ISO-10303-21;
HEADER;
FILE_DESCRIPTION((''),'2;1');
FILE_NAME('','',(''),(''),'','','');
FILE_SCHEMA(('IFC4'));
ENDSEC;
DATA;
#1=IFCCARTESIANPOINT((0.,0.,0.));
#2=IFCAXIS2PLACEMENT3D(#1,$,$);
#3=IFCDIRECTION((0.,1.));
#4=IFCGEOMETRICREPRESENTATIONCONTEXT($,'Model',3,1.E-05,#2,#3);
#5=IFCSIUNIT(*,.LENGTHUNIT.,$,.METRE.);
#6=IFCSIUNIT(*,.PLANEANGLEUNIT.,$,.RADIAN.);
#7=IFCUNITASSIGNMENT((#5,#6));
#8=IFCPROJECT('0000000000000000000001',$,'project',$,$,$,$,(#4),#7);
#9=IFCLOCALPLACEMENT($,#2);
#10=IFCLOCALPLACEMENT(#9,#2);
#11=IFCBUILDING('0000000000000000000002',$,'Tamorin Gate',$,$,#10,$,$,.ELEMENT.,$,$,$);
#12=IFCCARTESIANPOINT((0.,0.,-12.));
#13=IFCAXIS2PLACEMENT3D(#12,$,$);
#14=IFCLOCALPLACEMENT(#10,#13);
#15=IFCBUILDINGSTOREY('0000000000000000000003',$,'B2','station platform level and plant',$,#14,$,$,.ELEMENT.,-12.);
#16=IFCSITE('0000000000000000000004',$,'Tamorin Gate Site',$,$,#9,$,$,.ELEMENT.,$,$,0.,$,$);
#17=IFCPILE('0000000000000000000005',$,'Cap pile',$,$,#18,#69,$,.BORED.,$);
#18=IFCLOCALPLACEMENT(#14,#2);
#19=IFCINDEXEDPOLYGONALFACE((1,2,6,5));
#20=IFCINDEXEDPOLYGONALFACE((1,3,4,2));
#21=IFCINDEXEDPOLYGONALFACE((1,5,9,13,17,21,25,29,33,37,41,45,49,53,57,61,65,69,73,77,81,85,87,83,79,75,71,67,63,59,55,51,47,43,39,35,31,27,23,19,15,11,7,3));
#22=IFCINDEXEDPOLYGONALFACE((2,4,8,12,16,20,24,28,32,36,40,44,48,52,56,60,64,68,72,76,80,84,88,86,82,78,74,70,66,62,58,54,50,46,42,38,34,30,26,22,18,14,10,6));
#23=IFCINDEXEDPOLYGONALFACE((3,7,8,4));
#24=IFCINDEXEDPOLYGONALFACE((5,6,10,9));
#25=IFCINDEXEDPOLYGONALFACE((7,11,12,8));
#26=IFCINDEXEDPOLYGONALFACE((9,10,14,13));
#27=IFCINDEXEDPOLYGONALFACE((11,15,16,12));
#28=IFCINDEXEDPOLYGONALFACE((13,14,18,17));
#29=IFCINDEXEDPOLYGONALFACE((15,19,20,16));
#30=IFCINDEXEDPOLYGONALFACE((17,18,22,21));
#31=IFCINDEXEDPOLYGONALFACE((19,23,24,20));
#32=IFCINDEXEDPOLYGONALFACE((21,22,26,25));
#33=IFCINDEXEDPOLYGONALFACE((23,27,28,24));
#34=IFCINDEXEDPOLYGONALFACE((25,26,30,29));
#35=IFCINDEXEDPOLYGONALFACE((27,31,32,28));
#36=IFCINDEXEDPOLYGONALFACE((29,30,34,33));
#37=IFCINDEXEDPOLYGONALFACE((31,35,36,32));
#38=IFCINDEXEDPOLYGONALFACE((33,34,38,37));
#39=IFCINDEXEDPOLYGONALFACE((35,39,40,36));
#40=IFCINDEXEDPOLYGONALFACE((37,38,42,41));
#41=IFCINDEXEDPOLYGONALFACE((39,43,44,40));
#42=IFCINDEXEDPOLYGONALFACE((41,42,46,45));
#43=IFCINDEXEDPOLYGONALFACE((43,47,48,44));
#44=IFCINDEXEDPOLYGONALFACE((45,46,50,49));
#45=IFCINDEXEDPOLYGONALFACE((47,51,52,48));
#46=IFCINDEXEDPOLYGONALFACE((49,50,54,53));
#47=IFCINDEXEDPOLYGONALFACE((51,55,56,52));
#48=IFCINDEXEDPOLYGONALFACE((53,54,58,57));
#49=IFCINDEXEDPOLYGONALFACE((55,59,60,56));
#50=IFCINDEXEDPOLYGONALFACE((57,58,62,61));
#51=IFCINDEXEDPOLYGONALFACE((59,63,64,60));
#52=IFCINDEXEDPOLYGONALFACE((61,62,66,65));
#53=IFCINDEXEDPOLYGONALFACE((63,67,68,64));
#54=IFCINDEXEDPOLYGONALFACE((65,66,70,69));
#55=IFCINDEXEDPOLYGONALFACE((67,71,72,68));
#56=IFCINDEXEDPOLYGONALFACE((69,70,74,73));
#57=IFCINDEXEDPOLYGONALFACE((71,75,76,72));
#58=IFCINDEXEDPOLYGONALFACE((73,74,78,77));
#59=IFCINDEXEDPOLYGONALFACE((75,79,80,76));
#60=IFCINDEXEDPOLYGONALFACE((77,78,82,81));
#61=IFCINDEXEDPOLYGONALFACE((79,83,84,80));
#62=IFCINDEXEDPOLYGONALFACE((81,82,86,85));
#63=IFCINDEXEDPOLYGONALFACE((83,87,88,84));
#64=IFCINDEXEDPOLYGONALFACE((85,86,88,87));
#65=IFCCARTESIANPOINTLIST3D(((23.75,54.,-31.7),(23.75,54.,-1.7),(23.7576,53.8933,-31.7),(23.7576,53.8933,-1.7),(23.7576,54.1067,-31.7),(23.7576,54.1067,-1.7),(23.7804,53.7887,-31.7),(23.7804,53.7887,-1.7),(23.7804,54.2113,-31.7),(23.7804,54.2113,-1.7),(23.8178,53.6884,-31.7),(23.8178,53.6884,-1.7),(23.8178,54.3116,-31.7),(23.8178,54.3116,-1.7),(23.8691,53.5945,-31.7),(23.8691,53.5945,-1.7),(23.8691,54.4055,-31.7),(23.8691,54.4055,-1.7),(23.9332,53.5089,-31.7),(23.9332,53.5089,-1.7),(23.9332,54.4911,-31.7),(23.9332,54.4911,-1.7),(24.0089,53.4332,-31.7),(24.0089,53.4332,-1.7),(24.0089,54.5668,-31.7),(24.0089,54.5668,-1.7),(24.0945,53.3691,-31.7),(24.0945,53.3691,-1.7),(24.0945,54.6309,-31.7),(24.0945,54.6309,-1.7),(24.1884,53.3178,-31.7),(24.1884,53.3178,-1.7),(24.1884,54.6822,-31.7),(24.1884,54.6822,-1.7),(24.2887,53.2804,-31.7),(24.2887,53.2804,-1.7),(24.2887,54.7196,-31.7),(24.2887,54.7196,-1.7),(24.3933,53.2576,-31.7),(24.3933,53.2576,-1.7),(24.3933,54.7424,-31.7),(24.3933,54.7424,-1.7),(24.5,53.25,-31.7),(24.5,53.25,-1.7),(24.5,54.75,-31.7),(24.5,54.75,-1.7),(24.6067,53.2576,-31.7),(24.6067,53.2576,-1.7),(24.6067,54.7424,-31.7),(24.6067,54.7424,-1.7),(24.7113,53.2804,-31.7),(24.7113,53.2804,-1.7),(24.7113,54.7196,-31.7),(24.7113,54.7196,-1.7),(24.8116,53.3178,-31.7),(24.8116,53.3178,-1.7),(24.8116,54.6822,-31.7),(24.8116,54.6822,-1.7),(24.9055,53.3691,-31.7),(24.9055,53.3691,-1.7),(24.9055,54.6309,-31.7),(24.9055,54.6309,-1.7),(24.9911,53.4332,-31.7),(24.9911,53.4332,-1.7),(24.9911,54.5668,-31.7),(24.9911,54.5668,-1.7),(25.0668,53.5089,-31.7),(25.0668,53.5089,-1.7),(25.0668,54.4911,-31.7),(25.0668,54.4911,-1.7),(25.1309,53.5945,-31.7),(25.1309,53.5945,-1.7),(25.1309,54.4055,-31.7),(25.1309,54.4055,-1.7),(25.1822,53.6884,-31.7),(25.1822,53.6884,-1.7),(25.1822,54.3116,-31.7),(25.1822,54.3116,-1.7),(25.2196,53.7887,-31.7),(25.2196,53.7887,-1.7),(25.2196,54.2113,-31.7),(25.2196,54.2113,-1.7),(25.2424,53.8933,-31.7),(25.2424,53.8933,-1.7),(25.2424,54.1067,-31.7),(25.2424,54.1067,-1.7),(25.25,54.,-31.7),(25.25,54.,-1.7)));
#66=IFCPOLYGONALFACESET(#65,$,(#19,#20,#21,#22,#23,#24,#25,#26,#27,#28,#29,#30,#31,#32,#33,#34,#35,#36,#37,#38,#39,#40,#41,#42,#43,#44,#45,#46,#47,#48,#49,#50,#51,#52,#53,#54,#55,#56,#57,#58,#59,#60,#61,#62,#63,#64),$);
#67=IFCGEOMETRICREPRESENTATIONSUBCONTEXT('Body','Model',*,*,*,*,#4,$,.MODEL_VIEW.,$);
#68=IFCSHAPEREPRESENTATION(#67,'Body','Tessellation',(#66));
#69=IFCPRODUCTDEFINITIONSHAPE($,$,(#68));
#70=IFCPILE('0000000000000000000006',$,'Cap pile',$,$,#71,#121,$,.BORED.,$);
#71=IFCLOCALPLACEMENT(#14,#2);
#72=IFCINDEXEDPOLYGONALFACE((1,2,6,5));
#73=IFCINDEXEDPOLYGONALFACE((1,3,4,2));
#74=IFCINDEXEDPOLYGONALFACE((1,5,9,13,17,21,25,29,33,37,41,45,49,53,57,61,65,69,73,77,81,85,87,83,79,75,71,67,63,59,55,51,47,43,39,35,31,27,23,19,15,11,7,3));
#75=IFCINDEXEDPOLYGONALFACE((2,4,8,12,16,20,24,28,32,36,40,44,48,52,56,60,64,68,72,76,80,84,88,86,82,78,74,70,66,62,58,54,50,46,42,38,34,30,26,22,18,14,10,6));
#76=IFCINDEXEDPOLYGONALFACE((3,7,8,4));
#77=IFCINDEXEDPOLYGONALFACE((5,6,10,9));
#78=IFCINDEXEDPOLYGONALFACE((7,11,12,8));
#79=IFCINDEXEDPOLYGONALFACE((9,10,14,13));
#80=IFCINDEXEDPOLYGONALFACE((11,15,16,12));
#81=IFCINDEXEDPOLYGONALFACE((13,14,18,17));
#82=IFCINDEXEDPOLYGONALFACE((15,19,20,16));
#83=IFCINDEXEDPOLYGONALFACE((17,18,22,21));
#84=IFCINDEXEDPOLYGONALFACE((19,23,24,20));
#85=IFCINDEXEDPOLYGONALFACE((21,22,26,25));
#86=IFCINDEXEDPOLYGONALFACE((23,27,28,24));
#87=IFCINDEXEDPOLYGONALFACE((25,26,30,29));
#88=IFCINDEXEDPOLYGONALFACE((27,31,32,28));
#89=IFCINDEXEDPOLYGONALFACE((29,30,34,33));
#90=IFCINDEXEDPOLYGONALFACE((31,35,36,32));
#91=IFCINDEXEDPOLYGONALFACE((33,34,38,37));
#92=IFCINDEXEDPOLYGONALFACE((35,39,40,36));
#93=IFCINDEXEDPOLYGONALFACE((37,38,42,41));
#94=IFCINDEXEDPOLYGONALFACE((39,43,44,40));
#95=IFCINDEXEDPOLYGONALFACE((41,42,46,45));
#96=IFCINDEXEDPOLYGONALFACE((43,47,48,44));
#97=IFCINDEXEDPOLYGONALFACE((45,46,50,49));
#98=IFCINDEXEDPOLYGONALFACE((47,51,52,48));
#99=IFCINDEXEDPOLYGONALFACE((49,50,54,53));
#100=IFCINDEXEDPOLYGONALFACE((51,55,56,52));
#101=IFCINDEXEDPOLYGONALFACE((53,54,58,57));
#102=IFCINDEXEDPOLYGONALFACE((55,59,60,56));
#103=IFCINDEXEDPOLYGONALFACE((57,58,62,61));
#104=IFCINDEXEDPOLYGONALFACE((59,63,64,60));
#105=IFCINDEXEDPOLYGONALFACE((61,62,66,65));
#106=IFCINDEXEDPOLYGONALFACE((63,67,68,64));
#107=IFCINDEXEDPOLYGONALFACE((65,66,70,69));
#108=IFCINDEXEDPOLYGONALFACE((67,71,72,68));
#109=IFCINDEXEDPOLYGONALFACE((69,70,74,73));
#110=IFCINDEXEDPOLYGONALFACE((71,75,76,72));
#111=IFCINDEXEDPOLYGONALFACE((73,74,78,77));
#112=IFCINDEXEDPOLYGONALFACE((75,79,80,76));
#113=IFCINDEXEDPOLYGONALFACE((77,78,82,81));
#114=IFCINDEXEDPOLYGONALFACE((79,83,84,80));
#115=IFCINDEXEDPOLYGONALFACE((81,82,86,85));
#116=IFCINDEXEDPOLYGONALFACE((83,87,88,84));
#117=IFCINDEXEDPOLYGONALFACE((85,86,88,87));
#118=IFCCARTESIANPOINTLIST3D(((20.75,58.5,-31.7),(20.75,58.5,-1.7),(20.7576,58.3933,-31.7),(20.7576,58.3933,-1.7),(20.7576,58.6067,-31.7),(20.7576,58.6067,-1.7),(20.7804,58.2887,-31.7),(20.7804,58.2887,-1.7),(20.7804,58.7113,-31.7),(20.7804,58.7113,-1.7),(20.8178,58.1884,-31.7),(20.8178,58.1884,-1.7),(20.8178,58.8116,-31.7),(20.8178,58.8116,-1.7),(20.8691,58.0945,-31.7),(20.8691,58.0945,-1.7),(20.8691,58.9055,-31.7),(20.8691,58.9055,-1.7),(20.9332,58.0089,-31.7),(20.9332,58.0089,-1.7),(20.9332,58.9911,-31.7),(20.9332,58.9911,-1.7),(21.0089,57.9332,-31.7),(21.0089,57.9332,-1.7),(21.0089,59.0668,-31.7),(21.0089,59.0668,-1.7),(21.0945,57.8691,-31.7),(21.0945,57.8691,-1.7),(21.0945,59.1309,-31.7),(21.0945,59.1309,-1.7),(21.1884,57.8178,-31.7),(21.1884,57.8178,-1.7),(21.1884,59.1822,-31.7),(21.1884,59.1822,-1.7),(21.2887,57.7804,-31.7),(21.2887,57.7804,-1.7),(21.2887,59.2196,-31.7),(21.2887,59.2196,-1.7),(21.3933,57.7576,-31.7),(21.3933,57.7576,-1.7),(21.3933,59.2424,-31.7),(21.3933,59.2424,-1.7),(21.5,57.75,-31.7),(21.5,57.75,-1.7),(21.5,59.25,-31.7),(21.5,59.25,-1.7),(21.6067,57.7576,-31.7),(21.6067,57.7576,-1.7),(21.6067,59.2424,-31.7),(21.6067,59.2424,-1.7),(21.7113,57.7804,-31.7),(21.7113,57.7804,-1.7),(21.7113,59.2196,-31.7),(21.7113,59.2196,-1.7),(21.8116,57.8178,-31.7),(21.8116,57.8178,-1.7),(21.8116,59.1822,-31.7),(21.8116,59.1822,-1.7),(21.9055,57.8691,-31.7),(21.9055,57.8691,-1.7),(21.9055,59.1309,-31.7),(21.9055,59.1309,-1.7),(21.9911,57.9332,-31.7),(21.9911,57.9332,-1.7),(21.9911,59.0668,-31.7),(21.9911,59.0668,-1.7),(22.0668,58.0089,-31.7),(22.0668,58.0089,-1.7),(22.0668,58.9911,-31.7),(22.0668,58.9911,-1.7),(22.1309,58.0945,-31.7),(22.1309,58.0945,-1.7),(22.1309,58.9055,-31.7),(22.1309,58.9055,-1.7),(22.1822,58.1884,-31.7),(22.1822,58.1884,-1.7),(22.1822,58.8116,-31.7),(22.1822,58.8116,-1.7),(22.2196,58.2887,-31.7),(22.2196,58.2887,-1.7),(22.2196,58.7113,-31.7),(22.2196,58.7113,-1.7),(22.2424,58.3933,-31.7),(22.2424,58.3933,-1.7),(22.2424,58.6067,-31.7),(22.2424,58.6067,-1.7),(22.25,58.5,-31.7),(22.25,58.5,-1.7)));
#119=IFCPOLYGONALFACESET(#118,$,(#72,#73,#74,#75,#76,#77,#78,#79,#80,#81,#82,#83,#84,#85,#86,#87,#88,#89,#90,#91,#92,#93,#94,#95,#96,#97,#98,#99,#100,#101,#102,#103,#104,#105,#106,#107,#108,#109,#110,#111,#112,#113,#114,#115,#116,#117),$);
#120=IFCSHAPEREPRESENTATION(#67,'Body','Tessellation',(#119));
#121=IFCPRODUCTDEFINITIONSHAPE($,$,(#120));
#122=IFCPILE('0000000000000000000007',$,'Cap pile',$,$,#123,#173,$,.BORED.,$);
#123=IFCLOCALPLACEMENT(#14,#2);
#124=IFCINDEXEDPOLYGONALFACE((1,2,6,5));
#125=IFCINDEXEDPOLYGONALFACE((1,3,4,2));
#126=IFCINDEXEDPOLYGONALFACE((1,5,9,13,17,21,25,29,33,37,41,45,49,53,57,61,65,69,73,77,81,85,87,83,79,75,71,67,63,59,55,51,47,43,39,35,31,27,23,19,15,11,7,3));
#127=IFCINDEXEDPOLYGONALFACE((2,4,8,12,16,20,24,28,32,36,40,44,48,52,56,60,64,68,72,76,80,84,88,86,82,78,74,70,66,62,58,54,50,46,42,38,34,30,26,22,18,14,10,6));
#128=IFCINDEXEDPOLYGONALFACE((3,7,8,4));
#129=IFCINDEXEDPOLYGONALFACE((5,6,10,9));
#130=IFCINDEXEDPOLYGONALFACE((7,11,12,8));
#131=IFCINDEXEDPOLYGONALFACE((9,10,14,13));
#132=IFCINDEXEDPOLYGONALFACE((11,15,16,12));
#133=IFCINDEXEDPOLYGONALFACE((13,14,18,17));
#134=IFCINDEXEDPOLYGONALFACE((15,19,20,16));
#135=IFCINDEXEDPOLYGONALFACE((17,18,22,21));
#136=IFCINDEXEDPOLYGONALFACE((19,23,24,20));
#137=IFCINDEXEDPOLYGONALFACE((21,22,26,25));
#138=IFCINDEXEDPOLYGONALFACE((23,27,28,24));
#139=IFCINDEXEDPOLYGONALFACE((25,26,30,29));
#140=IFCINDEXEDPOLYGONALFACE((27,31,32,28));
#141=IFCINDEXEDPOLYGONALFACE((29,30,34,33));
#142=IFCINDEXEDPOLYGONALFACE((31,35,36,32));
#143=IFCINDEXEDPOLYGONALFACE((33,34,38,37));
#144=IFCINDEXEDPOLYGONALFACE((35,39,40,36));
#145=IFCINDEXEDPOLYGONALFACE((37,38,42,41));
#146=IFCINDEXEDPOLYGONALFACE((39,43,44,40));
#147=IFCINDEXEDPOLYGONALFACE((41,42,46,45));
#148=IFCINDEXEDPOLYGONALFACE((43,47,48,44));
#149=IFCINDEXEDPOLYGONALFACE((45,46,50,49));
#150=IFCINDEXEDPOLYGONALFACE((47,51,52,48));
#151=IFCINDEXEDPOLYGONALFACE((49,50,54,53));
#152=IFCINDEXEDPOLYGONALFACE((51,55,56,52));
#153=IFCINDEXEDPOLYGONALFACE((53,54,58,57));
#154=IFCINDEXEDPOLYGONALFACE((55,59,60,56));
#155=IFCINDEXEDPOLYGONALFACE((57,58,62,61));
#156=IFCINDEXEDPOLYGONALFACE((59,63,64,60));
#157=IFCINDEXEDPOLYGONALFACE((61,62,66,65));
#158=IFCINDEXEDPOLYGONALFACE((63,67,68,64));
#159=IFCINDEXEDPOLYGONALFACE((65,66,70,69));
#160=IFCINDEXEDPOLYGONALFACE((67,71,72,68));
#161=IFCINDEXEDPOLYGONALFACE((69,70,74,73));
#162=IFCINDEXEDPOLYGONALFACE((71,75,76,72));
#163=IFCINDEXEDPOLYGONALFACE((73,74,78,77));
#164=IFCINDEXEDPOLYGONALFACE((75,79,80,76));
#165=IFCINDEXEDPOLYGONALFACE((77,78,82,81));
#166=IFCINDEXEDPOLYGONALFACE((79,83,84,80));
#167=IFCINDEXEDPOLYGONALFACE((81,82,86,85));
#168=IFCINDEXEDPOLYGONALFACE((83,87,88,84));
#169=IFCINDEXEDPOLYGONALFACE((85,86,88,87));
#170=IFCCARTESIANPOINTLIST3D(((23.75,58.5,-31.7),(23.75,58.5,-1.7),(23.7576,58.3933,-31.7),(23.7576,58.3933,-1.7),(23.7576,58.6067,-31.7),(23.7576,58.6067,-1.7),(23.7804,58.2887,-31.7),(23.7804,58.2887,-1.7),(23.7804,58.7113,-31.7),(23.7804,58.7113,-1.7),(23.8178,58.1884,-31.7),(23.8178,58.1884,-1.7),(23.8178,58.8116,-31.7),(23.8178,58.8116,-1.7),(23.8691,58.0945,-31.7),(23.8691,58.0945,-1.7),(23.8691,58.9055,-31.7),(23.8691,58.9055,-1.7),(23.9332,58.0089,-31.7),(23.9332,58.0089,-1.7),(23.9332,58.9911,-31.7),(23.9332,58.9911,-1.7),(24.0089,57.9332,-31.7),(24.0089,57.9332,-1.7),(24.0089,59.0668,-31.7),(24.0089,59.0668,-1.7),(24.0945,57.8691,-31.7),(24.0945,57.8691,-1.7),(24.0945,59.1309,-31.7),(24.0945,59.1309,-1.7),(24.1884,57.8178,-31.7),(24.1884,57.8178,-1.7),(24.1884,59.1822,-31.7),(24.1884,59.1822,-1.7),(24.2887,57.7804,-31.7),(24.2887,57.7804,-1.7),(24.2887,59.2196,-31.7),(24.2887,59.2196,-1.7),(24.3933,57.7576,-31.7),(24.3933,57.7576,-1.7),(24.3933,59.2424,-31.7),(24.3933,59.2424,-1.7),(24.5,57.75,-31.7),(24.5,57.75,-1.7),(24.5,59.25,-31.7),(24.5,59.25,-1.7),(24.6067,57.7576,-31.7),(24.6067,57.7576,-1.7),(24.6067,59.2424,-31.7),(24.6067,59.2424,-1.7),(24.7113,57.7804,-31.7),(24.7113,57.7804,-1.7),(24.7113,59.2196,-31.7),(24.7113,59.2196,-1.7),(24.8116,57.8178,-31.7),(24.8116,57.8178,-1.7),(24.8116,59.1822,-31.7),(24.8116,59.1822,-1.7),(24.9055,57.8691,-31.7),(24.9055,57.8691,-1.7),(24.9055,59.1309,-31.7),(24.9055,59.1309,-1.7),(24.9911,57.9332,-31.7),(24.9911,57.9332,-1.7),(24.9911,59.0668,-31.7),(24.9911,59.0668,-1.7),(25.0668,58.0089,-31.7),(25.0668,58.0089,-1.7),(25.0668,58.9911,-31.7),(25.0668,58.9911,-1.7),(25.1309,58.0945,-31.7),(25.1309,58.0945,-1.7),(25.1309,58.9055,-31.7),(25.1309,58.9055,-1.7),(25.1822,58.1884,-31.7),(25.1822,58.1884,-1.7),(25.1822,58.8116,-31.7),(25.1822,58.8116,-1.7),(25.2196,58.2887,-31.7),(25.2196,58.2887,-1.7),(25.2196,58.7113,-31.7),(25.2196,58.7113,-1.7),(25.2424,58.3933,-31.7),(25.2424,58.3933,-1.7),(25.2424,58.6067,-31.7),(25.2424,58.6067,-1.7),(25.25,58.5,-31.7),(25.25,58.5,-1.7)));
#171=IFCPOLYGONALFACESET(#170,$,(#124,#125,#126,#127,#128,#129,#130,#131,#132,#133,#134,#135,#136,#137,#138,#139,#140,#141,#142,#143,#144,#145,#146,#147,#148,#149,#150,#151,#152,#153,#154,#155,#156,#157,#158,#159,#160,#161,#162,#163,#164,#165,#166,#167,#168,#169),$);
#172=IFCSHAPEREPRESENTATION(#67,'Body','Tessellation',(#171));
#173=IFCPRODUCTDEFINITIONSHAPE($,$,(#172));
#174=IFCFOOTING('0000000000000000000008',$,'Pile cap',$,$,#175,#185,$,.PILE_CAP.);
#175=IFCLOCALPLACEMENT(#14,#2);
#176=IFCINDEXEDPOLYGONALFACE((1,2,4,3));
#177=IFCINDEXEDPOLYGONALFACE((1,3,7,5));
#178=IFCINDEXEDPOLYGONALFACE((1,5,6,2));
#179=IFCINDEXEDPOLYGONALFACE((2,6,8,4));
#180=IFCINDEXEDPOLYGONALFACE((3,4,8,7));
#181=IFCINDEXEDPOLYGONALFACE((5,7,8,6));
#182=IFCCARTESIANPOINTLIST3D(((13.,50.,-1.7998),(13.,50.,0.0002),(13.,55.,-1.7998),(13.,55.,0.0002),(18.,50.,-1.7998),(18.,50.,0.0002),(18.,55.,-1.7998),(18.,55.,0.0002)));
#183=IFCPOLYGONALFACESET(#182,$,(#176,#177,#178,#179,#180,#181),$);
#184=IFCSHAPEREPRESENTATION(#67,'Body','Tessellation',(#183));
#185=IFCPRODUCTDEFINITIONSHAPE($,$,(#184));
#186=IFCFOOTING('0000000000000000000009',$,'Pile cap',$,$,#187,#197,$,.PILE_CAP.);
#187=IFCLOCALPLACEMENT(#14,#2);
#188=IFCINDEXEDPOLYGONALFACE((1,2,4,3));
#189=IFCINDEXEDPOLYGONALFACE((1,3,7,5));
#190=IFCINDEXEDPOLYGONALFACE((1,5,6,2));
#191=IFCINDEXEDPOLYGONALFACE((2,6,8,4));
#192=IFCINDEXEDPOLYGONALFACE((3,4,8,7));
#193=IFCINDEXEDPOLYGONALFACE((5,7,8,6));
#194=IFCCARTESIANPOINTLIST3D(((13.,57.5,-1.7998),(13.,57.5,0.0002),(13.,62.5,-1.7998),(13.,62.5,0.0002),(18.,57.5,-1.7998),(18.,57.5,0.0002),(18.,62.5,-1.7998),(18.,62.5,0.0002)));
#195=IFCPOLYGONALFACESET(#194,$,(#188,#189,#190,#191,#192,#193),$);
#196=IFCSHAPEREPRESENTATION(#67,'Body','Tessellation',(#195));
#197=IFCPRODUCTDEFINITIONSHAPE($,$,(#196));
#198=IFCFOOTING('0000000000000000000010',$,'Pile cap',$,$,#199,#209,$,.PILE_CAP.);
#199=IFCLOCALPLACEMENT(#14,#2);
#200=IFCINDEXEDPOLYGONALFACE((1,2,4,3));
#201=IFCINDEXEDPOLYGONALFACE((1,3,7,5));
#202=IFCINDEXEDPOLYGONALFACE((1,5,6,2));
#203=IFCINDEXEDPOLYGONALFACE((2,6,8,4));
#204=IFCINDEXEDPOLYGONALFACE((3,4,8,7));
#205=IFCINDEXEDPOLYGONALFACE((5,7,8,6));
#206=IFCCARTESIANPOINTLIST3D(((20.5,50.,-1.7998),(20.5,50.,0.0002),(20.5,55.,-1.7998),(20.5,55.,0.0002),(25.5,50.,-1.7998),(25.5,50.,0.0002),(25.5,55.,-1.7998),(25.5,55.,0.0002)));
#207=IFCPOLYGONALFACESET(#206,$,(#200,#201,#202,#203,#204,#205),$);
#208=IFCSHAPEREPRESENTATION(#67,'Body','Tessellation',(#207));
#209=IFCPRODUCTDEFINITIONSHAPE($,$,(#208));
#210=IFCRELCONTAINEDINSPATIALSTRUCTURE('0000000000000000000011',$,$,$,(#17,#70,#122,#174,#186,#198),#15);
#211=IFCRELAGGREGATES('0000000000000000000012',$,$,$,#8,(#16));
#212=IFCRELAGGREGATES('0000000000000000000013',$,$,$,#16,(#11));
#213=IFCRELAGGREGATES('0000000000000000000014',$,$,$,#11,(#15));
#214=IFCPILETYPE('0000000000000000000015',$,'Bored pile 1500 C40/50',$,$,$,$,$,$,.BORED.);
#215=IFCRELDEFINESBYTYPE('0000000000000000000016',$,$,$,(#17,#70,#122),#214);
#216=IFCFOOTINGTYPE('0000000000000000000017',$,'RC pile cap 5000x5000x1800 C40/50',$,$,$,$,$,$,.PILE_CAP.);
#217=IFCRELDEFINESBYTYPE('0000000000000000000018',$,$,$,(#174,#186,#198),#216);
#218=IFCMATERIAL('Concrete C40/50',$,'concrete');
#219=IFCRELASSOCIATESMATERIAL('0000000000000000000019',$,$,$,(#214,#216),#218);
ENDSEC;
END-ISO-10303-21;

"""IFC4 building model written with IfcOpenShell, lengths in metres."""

from ifc_helpers import new_model, si_unit, direction, frame, origin, origin_2d, place, context, subcontext, project, spatial, rectangle, circle, extrude, material, material_profile, profile_set, type_object, element, save


model = new_model("IFC4")

# Units and contexts
model_context = context("Model", 3, precision=1e-05, world=origin(), true_north=direction((0.0, 1.0)))
body_context = subcontext(model_context, "Body", "Model", "MODEL_VIEW")
ifc_project = project(units=[si_unit("LENGTHUNIT", "METRE"), si_unit("PLANEANGLEUNIT", "RADIAN")], contexts=[model_context])

# Site, building, storey
site_placement = place(None, origin())
site = spatial("IfcSite", under=ifc_project, at=site_placement, Name="Tamorin Gate Site", CompositionType="ELEMENT", RefElevation=0.0)
building_placement = place(site_placement, origin())
building = spatial("IfcBuilding", under=site, at=building_placement, Name="Tamorin Gate", CompositionType="ELEMENT")
storey_placement = place(building_placement, frame((0.0, 0.0, -12.0)))
storey = spatial("IfcBuildingStorey", under=building, at=storey_placement, Name="B2", Description="station platform level and plant", CompositionType="ELEMENT", Elevation=-12.0)

# Piles
ifc_material_1 = material(Name="Concrete C40/50", Category="concrete")
ifc_material_profile_1 = material_profile(ifc_material_1, circle(Radius=0.75, at=origin_2d()))
ifc_profile_set_1 = profile_set([ifc_material_profile_1], Name="Concrete C40/50")
pile_type = type_object("IfcPileType", Name="Bored pile 1500 C40/50", PredefinedType="BORED", material=ifc_profile_set_1)
for number, where, z_axis, x_axis, name in (
    (1, (24.5, 54.0, -1.7), (0.0, 0.0, -1.0), (1.0, 0.0, 0.0), "Cap pile"),
    (2, (21.5, 58.5, -1.7), (0.0, 0.0, -1.0), (1.0, 0.0, 0.0), "Cap pile"),
    (3, (24.5, 58.5, -1.7), (0.0, 0.0, -1.0), (1.0, 0.0, 0.0), "Cap pile"),
):
    element("IfcPile", number, at=place(storey_placement, frame(where, z_axis=z_axis, x_axis=x_axis)), inside=storey, type_object=pile_type, Name=name, PredefinedType="BORED", context=body_context, shape_type="SweptSolid", body=[
        extrude(circle(Radius=0.75, at=origin_2d()), origin(), (0.0, 0.0, 1.0), 30.0),
    ])

# Footings
footing_type = type_object("IfcFootingType", Name="RC pile cap 5000x5000x1800 C40/50", PredefinedType="PILE_CAP", material=ifc_material_1)
for number, where, z_axis, x_axis, name in (
    (4, (15.5, 52.5, -1.7998), (0.0, 0.0, 1.0), (1.0, 0.0, 0.0), "Pile cap"),
    (5, (15.5, 60.0, -1.7998), (0.0, 0.0, 1.0), (1.0, 0.0, 0.0), "Pile cap"),
    (6, (23.0, 52.5, -1.7998), (0.0, 0.0, 1.0), (1.0, 0.0, 0.0), "Pile cap"),
):
    element("IfcFooting", number, at=place(storey_placement, frame(where, z_axis=z_axis, x_axis=x_axis)), inside=storey, type_object=footing_type, Name=name, PredefinedType="PILE_CAP", context=body_context, shape_type="SweptSolid", body=[
        extrude(rectangle(XDim=5.0, YDim=5.0, at=origin_2d()), origin(), (0.0, 0.0, 1.0), 1.8),
    ])

save(model, "model.ifc")
